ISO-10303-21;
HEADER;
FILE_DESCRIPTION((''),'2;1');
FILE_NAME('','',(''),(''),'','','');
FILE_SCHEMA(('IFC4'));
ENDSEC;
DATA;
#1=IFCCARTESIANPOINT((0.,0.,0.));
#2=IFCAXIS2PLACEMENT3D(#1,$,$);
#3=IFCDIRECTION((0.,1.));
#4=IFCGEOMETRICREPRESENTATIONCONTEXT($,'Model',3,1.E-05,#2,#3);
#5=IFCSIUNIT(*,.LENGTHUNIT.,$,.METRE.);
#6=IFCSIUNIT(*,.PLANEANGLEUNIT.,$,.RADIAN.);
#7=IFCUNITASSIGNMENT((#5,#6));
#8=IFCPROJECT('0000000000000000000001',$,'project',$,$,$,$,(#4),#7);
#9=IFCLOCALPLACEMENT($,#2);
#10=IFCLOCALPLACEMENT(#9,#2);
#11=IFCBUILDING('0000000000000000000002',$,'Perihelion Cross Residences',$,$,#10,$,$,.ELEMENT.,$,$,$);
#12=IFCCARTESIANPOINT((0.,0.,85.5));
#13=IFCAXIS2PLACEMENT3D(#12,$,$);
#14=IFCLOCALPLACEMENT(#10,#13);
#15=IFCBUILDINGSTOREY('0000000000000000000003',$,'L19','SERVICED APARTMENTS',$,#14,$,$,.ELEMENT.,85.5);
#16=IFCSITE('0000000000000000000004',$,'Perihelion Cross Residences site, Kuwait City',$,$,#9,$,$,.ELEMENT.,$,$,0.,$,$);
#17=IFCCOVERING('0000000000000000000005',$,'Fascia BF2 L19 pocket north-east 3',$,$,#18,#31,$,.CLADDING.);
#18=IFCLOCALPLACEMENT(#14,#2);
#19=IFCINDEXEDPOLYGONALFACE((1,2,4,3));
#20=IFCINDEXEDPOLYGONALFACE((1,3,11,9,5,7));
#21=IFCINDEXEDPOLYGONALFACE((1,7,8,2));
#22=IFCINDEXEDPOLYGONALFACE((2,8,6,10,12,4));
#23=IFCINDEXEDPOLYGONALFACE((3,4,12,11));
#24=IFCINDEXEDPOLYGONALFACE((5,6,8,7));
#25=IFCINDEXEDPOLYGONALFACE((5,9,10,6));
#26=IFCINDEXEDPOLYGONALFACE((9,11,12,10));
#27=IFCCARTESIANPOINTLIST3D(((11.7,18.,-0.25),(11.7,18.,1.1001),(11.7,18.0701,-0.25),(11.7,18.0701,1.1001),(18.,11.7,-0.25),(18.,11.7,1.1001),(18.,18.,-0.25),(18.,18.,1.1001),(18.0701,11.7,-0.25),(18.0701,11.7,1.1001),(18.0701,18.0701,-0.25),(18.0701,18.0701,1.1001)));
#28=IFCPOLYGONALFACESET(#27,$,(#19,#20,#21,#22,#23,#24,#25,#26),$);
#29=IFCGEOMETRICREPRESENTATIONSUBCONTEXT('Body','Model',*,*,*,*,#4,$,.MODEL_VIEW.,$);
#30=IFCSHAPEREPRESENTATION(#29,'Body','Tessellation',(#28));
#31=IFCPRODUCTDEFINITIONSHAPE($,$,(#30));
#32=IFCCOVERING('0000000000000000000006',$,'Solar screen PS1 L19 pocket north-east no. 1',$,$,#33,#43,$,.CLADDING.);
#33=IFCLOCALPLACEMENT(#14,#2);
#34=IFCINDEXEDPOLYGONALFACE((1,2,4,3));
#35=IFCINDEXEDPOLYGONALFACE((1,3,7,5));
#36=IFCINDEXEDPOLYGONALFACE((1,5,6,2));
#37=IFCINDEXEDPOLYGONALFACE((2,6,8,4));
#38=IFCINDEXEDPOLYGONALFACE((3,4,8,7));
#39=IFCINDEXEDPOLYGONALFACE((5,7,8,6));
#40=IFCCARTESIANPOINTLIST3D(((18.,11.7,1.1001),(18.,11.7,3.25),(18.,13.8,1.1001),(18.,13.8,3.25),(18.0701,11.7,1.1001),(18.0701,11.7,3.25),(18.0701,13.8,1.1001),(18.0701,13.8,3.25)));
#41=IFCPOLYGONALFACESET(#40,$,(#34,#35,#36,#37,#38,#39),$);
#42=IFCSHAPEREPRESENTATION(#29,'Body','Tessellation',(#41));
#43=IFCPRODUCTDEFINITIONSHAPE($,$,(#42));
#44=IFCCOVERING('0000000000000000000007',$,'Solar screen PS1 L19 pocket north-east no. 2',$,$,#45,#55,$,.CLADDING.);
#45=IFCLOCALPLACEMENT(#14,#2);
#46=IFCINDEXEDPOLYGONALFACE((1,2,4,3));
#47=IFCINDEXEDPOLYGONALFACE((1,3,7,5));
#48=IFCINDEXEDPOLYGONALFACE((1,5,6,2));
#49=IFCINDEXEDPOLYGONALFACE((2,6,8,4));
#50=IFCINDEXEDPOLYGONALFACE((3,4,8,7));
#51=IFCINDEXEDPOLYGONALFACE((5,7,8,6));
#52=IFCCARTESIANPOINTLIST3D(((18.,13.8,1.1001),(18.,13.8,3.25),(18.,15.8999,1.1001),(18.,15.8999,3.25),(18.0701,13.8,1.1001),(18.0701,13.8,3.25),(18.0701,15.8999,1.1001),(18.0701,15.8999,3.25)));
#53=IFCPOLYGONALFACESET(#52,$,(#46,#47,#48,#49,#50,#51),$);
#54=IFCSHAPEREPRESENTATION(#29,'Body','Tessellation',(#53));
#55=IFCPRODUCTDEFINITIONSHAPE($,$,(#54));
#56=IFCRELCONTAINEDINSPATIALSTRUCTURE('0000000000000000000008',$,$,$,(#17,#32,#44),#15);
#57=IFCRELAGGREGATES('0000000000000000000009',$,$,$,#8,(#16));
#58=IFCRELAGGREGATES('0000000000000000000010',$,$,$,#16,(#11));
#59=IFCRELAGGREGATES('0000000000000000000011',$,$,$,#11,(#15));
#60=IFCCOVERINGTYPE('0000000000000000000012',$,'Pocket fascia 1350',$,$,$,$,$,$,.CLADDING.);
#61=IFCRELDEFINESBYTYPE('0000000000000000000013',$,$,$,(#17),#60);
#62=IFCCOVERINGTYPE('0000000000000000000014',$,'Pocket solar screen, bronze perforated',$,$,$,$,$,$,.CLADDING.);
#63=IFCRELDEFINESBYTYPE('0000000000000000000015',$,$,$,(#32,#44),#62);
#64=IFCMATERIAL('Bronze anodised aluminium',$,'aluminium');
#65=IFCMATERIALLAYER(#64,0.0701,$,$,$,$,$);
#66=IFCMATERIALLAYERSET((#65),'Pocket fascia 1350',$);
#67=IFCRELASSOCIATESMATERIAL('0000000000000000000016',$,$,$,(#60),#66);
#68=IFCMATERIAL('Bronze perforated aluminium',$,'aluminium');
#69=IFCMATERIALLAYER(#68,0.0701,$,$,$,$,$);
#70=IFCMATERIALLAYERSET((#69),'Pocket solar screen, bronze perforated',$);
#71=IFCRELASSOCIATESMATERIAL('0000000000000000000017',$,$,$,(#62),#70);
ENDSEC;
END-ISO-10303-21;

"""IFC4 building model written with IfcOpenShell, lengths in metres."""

from ifc_helpers import new_model, si_unit, direction, frame, origin, place, context, subcontext, project, spatial, polyline, outline, extrude, material, layer, layer_set, type_object, element, save


model = new_model("IFC4")

# Units and contexts
model_context = context("Model", 3, precision=1e-05, world=origin(), true_north=direction((0.0, 1.0)))
body_context = subcontext(model_context, "Body", "Model", "MODEL_VIEW")
ifc_project = project(units=[si_unit("LENGTHUNIT", "METRE"), si_unit("PLANEANGLEUNIT", "RADIAN")], contexts=[model_context])

# Site, building, storey
site_placement = place(None, origin())
site = spatial("IfcSite", under=ifc_project, at=site_placement, Name="Perihelion Cross Residences site, Kuwait City", CompositionType="ELEMENT", RefElevation=0.0)
building_placement = place(site_placement, origin())
building = spatial("IfcBuilding", under=site, at=building_placement, Name="Perihelion Cross Residences", CompositionType="ELEMENT")
storey_placement = place(building_placement, frame((0.0, 0.0, 85.5)))
storey = spatial("IfcBuildingStorey", under=building, at=storey_placement, Name="L19", Description="SERVICED APARTMENTS", CompositionType="ELEMENT", Elevation=85.5)

# Coverings
ifc_material_1 = material(Name="Bronze anodised aluminium", Category="aluminium")
ifc_layer_1 = layer(ifc_material_1, 0.0701)
ifc_layer_set_1 = layer_set([ifc_layer_1], Name="Pocket fascia 1350")
covering_type_1 = type_object("IfcCoveringType", Name="Pocket fascia 1350", PredefinedType="CLADDING", material=ifc_layer_set_1)
covering_1_placement = place(storey_placement, frame((0.0, 0.0, -0.25)))
element("IfcCovering", 1, at=covering_1_placement, inside=storey, type_object=covering_type_1, Name="Fascia BF2 L19 pocket north-east 3", PredefinedType="CLADDING", context=body_context, shape_type="SweptSolid", body=[
    extrude(outline(polyline([(18.0701, 18.0701), (11.7, 18.0701), (11.7, 18.0), (18.0, 18.0), (18.0, 11.7), (18.0701, 11.7), (18.0701, 18.0701)])), origin(), (0.0, 0.0, 1.0), 1.3501),
])
ifc_material_2 = material(Name="Bronze perforated aluminium", Category="aluminium")
ifc_layer_2 = layer(ifc_material_2, 0.0701)
ifc_layer_set_2 = layer_set([ifc_layer_2], Name="Pocket solar screen, bronze perforated")
covering_type_2 = type_object("IfcCoveringType", Name="Pocket solar screen, bronze perforated", PredefinedType="CLADDING", material=ifc_layer_set_2)
covering_2_placement = place(storey_placement, frame((0.0, 0.0, 1.1001)))
element("IfcCovering", 2, at=covering_2_placement, inside=storey, type_object=covering_type_2, Name="Solar screen PS1 L19 pocket north-east no. 1", PredefinedType="CLADDING", context=body_context, shape_type="SweptSolid", body=[
    extrude(outline(polyline([(18.0701, 11.7), (18.0701, 13.8), (18.0, 13.8), (18.0, 11.7), (18.0701, 11.7)])), origin(), (0.0, 0.0, 1.0), 2.1499),
])
covering_3_placement = place(storey_placement, frame((0.0, 0.0, 1.1001)))
element("IfcCovering", 3, at=covering_3_placement, inside=storey, type_object=covering_type_2, Name="Solar screen PS1 L19 pocket north-east no. 2", PredefinedType="CLADDING", context=body_context, shape_type="SweptSolid", body=[
    extrude(outline(polyline([(18.0701, 13.8), (18.0701, 15.8999), (18.0, 15.8999), (18.0, 13.8), (18.0701, 13.8)])), origin(), (0.0, 0.0, 1.0), 2.1499),
])

save(model, "model.ifc")
